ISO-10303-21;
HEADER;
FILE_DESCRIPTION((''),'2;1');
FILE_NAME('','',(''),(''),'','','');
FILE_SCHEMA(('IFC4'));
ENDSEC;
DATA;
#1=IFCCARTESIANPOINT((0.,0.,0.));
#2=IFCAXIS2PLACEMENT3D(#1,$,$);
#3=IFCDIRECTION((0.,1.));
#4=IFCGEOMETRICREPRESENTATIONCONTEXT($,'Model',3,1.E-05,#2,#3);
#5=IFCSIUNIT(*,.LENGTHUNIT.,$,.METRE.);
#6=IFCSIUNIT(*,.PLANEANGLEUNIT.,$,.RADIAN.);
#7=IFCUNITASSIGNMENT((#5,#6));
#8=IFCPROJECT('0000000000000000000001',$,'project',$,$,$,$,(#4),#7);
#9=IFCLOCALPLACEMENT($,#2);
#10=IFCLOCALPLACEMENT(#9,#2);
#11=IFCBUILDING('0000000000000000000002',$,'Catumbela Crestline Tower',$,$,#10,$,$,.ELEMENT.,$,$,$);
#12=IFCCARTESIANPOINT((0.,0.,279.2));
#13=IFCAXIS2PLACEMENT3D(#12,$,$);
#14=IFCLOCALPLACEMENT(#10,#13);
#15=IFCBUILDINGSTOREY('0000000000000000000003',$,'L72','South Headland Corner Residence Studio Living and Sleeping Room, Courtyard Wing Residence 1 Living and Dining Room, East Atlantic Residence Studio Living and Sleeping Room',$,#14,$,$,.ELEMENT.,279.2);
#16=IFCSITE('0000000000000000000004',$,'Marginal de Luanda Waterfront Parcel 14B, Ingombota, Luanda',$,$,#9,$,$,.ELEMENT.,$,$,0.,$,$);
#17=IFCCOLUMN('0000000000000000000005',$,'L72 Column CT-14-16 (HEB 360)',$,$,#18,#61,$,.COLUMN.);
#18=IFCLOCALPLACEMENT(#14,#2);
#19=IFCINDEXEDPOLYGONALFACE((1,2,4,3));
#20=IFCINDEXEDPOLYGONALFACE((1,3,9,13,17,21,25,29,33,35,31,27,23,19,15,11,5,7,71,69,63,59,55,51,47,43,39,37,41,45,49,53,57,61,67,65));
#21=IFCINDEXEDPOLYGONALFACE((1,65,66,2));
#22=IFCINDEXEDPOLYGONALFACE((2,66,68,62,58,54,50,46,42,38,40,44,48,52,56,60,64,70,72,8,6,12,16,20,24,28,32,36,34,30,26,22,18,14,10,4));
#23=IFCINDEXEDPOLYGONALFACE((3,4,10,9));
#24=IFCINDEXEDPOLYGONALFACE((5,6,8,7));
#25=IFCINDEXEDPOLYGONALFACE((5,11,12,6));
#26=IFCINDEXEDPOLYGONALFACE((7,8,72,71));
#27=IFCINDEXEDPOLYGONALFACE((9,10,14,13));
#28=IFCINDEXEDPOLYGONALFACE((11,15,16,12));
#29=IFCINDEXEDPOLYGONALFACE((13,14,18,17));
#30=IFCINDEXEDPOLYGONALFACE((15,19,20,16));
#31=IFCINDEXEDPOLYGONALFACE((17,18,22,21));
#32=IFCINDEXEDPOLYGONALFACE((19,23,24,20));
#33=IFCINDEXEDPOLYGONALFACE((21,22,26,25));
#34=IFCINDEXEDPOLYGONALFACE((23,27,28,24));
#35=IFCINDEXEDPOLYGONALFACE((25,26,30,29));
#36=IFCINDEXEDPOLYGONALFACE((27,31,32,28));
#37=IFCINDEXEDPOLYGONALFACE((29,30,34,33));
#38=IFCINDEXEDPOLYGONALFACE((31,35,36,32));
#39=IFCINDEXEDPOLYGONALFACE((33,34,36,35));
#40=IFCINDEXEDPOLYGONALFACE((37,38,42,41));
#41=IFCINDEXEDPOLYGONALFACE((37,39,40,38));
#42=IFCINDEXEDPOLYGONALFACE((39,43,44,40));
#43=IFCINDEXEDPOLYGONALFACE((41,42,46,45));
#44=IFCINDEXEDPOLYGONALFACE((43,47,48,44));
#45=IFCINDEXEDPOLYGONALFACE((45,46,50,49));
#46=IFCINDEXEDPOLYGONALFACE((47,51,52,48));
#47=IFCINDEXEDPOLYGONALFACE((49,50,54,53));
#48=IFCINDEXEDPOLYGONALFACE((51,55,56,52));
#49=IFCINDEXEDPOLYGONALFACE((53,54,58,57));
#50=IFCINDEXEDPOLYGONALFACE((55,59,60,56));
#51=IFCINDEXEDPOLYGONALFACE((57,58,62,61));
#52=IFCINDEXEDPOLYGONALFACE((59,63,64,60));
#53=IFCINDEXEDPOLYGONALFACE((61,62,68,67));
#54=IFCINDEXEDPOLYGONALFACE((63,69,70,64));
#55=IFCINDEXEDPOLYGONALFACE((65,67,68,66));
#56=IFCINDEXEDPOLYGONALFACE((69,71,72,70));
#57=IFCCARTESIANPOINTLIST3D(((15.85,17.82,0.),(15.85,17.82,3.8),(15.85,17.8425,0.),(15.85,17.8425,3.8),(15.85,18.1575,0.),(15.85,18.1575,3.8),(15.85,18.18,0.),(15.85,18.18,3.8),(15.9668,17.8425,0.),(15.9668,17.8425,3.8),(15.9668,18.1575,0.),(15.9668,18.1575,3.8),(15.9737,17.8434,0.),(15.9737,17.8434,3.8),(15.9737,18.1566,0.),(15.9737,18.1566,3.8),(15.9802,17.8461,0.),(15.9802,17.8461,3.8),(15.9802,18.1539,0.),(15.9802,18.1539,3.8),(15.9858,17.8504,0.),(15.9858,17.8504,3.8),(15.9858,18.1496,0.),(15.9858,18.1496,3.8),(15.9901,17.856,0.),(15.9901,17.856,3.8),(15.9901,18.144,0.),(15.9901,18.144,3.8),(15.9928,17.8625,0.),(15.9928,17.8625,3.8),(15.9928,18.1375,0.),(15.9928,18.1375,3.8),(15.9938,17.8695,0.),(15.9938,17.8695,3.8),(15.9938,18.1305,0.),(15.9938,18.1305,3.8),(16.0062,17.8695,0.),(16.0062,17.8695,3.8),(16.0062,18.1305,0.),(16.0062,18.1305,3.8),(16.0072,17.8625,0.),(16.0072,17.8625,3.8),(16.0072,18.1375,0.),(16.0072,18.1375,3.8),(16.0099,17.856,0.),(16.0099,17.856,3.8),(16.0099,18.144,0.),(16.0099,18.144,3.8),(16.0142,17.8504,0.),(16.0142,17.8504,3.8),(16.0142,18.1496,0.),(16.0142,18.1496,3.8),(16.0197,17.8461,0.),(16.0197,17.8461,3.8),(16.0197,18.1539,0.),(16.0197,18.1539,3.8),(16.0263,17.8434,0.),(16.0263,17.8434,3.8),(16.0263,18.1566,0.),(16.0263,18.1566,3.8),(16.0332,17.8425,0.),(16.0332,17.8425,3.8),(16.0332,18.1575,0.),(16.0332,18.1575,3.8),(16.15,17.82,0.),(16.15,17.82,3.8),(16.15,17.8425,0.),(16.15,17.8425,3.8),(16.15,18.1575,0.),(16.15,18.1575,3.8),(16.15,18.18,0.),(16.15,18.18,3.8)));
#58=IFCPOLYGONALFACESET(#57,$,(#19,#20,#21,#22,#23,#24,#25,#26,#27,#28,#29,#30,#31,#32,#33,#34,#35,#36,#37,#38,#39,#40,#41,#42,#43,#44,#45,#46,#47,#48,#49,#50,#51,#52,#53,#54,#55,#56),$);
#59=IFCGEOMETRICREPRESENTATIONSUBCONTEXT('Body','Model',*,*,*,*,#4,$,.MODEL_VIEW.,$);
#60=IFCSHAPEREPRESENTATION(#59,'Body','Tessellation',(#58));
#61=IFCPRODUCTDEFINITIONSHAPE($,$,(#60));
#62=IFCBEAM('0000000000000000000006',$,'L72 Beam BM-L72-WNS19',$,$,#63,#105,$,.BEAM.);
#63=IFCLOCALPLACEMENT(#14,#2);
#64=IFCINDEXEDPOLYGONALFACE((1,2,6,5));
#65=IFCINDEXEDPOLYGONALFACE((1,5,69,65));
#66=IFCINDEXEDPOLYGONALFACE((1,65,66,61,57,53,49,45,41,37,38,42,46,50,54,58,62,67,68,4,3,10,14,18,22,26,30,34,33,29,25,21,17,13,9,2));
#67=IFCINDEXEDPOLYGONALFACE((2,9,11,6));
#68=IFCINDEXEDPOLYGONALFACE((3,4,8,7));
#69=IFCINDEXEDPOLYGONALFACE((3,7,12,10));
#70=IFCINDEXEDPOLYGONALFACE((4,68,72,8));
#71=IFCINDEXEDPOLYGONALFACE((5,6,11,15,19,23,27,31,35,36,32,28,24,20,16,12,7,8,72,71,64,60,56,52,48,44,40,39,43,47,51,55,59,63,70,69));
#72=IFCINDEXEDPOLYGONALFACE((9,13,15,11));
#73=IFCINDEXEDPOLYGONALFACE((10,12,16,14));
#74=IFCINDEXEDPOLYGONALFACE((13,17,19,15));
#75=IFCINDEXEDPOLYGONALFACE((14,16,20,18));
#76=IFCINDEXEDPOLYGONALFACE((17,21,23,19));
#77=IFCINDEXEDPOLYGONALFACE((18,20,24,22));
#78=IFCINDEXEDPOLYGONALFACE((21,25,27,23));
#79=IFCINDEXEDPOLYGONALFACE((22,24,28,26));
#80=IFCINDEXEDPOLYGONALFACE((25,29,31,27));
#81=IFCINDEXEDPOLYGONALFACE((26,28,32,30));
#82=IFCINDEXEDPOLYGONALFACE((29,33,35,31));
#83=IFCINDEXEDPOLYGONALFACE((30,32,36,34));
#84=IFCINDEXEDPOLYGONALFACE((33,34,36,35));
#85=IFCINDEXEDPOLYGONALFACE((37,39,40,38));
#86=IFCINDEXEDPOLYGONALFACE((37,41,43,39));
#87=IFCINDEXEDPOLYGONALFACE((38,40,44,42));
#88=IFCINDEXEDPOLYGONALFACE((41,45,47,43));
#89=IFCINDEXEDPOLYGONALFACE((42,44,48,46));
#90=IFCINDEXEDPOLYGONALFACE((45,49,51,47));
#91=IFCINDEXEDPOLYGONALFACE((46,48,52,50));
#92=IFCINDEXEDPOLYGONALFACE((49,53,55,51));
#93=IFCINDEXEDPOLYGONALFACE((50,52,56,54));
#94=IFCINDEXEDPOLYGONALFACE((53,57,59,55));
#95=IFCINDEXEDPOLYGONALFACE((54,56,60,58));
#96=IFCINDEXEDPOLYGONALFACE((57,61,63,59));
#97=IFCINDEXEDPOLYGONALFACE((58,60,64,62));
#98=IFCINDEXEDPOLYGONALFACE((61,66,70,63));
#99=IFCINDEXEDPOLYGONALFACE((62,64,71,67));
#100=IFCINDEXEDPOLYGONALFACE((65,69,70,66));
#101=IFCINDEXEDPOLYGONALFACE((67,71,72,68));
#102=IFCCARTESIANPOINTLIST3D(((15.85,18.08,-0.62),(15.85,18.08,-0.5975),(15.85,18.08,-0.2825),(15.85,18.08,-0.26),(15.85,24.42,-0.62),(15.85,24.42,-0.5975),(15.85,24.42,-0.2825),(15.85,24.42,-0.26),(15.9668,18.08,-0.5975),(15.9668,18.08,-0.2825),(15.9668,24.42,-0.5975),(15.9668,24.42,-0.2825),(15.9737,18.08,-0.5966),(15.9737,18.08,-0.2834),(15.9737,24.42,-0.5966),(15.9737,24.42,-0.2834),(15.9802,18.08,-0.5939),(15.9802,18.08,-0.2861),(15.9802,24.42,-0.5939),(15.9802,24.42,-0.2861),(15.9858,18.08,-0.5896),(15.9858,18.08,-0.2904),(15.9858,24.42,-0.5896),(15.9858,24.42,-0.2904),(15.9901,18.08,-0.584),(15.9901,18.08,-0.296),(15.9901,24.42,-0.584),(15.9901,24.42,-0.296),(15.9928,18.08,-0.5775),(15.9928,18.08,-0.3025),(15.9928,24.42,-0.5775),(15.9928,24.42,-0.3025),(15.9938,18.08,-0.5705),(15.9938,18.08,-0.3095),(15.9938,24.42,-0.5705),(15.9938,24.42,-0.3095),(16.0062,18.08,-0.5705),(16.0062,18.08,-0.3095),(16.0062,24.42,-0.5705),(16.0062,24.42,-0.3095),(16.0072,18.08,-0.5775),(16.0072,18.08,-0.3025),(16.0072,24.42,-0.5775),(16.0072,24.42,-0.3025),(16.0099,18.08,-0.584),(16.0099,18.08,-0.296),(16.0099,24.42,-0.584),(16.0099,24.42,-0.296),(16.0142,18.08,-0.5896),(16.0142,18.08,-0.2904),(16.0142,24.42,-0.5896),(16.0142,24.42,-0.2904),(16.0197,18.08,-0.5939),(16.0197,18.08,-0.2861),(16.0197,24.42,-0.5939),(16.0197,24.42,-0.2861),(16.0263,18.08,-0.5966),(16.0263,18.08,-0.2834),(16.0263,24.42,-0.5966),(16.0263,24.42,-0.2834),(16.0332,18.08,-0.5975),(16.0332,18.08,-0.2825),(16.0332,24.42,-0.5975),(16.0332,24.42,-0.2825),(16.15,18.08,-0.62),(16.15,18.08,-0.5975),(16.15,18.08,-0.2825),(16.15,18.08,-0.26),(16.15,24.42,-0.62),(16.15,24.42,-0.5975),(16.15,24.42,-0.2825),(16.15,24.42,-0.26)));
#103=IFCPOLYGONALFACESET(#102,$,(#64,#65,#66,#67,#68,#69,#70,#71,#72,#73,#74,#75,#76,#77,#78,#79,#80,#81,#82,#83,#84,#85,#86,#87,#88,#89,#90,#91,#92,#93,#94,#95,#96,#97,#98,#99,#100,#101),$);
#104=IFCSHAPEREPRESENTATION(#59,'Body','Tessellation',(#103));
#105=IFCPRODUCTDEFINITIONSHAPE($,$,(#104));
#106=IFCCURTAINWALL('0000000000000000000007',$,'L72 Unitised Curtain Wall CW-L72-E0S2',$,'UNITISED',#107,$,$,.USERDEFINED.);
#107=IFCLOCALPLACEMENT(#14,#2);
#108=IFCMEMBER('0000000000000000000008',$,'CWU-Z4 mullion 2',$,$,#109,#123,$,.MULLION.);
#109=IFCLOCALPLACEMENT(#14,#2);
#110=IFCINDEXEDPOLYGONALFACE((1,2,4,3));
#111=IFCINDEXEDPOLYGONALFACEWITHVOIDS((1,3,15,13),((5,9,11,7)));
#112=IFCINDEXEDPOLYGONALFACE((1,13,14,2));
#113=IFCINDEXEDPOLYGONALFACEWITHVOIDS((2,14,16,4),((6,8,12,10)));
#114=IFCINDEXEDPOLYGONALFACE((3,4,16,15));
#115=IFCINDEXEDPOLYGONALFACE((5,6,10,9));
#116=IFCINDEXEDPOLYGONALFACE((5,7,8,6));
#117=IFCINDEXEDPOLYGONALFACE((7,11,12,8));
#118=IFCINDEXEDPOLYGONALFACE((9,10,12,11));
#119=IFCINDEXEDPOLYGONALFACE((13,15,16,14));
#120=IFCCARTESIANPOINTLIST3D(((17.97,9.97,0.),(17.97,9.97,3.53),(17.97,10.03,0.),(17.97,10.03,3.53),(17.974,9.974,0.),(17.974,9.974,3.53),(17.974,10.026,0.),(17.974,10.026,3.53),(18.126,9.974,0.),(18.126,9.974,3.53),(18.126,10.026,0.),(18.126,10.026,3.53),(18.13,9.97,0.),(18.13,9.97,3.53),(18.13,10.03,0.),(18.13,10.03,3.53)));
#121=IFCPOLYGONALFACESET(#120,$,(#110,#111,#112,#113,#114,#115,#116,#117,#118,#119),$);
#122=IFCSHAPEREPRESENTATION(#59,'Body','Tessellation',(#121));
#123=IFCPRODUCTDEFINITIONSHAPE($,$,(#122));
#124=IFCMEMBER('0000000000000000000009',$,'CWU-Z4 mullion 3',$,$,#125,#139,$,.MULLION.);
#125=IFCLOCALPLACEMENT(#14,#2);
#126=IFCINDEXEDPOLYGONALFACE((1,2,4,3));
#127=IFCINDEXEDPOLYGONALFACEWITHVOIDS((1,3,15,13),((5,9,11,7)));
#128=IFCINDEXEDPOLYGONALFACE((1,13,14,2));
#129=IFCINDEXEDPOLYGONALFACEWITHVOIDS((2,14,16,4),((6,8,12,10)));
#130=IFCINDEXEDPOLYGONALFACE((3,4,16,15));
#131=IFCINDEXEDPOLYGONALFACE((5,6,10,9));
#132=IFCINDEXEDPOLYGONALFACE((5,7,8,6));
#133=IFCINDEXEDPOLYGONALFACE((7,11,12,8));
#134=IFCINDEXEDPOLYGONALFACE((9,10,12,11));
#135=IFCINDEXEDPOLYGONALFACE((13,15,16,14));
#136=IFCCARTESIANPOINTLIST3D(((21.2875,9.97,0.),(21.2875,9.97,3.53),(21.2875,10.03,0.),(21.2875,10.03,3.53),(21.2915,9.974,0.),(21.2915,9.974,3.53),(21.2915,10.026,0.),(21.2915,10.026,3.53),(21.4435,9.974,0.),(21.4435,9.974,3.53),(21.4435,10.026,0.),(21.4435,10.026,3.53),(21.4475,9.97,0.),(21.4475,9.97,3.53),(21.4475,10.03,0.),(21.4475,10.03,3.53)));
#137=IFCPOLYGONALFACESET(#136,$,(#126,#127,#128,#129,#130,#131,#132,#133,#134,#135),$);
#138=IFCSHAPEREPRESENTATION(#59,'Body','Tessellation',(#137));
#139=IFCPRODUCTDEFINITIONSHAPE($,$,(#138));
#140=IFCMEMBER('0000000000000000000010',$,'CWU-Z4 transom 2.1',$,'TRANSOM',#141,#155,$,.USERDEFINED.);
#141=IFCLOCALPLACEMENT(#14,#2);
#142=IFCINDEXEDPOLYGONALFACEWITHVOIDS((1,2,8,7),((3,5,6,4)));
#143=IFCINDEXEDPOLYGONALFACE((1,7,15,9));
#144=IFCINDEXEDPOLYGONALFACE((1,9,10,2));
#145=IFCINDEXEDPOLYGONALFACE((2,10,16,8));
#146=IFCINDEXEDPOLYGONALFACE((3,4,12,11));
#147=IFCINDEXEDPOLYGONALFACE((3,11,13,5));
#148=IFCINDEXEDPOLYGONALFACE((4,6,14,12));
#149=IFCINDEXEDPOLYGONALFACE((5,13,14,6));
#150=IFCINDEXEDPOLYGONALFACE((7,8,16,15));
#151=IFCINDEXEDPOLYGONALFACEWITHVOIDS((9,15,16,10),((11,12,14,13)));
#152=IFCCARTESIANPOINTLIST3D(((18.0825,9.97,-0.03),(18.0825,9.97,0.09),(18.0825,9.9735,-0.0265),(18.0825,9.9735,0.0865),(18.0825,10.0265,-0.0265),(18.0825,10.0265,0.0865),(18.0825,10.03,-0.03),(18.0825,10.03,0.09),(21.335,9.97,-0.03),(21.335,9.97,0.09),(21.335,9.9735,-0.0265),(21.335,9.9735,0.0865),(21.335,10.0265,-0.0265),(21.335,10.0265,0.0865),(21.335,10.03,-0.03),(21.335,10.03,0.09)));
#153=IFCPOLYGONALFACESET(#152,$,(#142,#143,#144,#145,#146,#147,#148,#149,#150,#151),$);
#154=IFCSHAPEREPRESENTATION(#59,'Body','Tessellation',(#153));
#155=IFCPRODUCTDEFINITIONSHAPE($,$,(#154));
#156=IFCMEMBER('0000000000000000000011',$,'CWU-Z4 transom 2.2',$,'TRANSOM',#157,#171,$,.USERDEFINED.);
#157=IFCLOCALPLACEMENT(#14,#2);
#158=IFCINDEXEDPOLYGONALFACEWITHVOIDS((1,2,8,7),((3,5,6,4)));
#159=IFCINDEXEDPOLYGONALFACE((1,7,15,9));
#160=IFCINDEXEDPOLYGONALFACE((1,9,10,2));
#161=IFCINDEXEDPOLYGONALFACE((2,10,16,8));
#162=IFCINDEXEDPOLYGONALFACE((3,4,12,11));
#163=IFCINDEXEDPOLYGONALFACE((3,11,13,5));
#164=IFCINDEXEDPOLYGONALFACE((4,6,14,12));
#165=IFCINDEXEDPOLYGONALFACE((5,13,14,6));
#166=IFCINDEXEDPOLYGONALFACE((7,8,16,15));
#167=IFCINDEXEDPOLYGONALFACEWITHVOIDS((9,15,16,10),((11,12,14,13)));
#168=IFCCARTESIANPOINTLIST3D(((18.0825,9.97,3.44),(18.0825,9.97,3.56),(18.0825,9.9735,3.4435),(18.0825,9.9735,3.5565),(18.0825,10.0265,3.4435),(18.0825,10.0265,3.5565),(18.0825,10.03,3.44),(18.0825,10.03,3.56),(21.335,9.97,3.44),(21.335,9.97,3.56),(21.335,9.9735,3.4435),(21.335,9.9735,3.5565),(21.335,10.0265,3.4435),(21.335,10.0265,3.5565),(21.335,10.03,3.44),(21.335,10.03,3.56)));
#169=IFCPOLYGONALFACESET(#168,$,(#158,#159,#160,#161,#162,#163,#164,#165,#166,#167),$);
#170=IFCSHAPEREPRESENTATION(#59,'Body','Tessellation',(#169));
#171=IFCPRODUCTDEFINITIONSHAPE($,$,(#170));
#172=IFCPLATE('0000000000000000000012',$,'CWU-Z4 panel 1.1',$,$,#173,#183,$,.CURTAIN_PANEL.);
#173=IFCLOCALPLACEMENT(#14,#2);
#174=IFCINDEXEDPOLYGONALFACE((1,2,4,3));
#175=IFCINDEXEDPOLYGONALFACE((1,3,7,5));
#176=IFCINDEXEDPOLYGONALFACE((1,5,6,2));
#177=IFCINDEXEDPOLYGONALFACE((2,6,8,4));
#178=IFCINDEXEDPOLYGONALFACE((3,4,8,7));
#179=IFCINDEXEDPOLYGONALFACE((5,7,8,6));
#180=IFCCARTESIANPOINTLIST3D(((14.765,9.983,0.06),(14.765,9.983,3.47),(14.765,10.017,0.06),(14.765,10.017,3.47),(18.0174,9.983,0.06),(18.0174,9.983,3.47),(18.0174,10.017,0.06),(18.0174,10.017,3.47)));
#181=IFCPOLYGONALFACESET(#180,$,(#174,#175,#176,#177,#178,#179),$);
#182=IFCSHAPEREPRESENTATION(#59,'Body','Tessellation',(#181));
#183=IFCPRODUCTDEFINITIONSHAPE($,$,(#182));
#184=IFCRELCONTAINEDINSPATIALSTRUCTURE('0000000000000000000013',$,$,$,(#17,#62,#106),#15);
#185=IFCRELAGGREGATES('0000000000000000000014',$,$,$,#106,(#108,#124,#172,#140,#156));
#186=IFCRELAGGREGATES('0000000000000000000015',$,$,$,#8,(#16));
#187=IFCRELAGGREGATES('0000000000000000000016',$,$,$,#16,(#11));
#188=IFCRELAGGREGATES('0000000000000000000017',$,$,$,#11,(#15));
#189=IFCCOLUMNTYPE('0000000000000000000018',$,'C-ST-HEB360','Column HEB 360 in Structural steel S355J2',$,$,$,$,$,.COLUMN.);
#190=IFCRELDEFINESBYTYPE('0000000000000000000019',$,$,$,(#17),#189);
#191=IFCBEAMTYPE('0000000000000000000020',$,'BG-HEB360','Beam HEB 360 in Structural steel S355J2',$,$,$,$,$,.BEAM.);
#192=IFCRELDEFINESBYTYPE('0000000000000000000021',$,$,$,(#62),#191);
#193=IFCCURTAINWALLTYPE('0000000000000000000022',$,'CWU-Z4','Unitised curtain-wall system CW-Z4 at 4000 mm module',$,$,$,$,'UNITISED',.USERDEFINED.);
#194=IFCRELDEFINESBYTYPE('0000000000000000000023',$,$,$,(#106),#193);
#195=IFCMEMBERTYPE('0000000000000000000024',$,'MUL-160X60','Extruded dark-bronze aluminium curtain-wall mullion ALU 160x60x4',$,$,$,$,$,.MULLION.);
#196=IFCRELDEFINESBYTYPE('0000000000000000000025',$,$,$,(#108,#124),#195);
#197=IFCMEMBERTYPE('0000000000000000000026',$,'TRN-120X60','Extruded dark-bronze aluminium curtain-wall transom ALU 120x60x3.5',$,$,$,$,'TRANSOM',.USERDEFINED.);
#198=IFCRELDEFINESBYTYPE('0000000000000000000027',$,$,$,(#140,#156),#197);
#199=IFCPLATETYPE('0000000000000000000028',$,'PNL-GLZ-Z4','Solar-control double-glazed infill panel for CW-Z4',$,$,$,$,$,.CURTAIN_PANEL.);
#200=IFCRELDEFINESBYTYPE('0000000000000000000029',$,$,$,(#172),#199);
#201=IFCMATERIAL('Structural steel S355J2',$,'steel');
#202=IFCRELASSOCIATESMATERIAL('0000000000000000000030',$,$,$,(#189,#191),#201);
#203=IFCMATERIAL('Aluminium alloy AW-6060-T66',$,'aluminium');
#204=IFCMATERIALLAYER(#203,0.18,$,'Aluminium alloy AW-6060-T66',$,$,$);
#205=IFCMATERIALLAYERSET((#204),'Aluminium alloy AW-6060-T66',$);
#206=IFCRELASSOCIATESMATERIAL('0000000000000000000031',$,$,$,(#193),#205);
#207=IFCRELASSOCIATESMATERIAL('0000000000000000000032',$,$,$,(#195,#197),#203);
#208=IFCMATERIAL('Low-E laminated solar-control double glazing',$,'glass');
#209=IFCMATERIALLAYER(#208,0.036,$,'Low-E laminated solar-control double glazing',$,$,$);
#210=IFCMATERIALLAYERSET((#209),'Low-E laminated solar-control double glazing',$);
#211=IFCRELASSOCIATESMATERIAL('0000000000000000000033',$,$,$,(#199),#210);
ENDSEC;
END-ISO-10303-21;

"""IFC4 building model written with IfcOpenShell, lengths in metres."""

from ifc_helpers import new_model, si_unit, direction, frame, origin, origin_2d, place, context, subcontext, project, spatial, rectangle, hollow_rectangle, i_section, extrude, material, layer, layer_set, material_profile, profile_set, type_object, element, aggregate, save


model = new_model("IFC4")

# Units and contexts
model_context = context("Model", 3, precision=1e-05, world=origin(), true_north=direction((0.0, 1.0)))
body_context = subcontext(model_context, "Body", "Model", "MODEL_VIEW")
ifc_project = project(units=[si_unit("LENGTHUNIT", "METRE"), si_unit("PLANEANGLEUNIT", "RADIAN")], contexts=[model_context])

# Site, building, storey
site_placement = place(None, origin())
site = spatial("IfcSite", under=ifc_project, at=site_placement, Name="Marginal de Luanda Waterfront Parcel 14B, Ingombota, Luanda", CompositionType="ELEMENT", RefElevation=0.0)
building_placement = place(site_placement, origin())
building = spatial("IfcBuilding", under=site, at=building_placement, Name="Catumbela Crestline Tower", CompositionType="ELEMENT")
storey_placement = place(building_placement, frame((0.0, 0.0, 279.2)))
storey = spatial("IfcBuildingStorey", under=building, at=storey_placement, Name="L72", Description="South Headland Corner Residence Studio Living and Sleeping Room, Courtyard Wing Residence 1 Living and Dining Room, East Atlantic Residence Studio Living and Sleeping Room", CompositionType="ELEMENT", Elevation=279.2)

# Column
ifc_material_1 = material(Name="Structural steel S355J2", Category="steel")
ifc_material_profile_1 = material_profile(ifc_material_1, i_section(OverallWidth=0.3, OverallDepth=0.36, WebThickness=0.0125, FlangeThickness=0.0225, FilletRadius=0.027, at=origin_2d()), Name="HEB 360")
ifc_profile_set_1 = profile_set([ifc_material_profile_1], Name="Structural steel S355J2")
column_type = type_object("IfcColumnType", Name="C-ST-HEB360", Description="Column HEB 360 in Structural steel S355J2", PredefinedType="COLUMN", material=ifc_profile_set_1)
column_placement = place(storey_placement, frame((16.0, 18.0, 0.0), z_axis=(0.0, 0.0, 1.0), x_axis=(1.0, 0.0, 0.0)))
element("IfcColumn", 1, at=column_placement, inside=storey, type_object=column_type, Name="L72 Column CT-14-16 (HEB 360)", PredefinedType="COLUMN", context=body_context, shape_type="SweptSolid", body=[
    extrude(i_section(OverallWidth=0.3, OverallDepth=0.36, WebThickness=0.0125, FlangeThickness=0.0225, FilletRadius=0.027, at=origin_2d()), origin(), (0.0, 0.0, 1.0), 3.8),
])

# Beam
ifc_material_profile_2 = material_profile(ifc_material_1, i_section(OverallWidth=0.3, OverallDepth=0.36, WebThickness=0.0125, FlangeThickness=0.0225, FilletRadius=0.027, at=origin_2d()), Name="HEB 360")
ifc_profile_set_2 = profile_set([ifc_material_profile_2], Name="Structural steel S355J2")
beam_type = type_object("IfcBeamType", Name="BG-HEB360", Description="Beam HEB 360 in Structural steel S355J2", PredefinedType="BEAM", material=ifc_profile_set_2)
beam_placement = place(storey_placement, frame((16.0, 18.08, -0.44), z_axis=(0.0, 1.0, 0.0), x_axis=(-1.0, 0.0, 0.0)))
element("IfcBeam", 2, at=beam_placement, inside=storey, type_object=beam_type, Name="L72 Beam BM-L72-WNS19", PredefinedType="BEAM", context=body_context, shape_type="SweptSolid", body=[
    extrude(i_section(OverallWidth=0.3, OverallDepth=0.36, WebThickness=0.0125, FlangeThickness=0.0225, FilletRadius=0.027, at=origin_2d()), origin(), (0.0, 0.0, 1.0), 6.34),
])

# Curtain wall, members, plate
ifc_material_2 = material(Name="Aluminium alloy AW-6060-T66", Category="aluminium")
ifc_layer_1 = layer(ifc_material_2, 0.18, Name="Aluminium alloy AW-6060-T66")
ifc_layer_set_1 = layer_set([ifc_layer_1], Name="Aluminium alloy AW-6060-T66")
curtain_wall_type = type_object("IfcCurtainWallType", Name="CWU-Z4", Description="Unitised curtain-wall system CW-Z4 at 4000 mm module", ElementType="UNITISED", PredefinedType="USERDEFINED", material=ifc_layer_set_1)
curtain_wall_placement = place(storey_placement, origin())
curtain_wall = element("IfcCurtainWall", 3, at=curtain_wall_placement, inside=storey, type_object=curtain_wall_type, Name="L72 Unitised Curtain Wall CW-L72-E0S2", ObjectType="UNITISED", PredefinedType="USERDEFINED")
ifc_material_profile_3 = material_profile(ifc_material_2, hollow_rectangle(XDim=0.06, YDim=0.16, WallThickness=0.004, at=origin_2d()), Name="ALU 160x60x4")
ifc_profile_set_3 = profile_set([ifc_material_profile_3], Name="Aluminium alloy AW-6060-T66")
member_type_1 = type_object("IfcMemberType", Name="MUL-160X60", Description="Extruded dark-bronze aluminium curtain-wall mullion ALU 160x60x4", PredefinedType="MULLION", material=ifc_profile_set_3)
member_1_placement = place(storey_placement, frame((18.05, 10.0, 0.0), z_axis=(0.0, 0.0, 1.0), x_axis=(0.0, 1.0, 0.0)))
member_1 = element("IfcMember", 4, at=member_1_placement, type_object=member_type_1, Name="CWU-Z4 mullion 2", PredefinedType="MULLION", context=body_context, shape_type="SweptSolid", body=[
    extrude(hollow_rectangle(XDim=0.06, YDim=0.16, WallThickness=0.004, at=origin_2d()), origin(), (0.0, 0.0, 1.0), 3.53),
])
member_2_placement = place(storey_placement, frame((21.3675, 10.0, 0.0), z_axis=(0.0, 0.0, 1.0), x_axis=(0.0, 1.0, 0.0)))
member_2 = element("IfcMember", 5, at=member_2_placement, type_object=member_type_1, Name="CWU-Z4 mullion 3", PredefinedType="MULLION", context=body_context, shape_type="SweptSolid", body=[
    extrude(hollow_rectangle(XDim=0.06, YDim=0.16, WallThickness=0.004, at=origin_2d()), origin(), (0.0, 0.0, 1.0), 3.53),
])
ifc_material_profile_4 = material_profile(ifc_material_2, hollow_rectangle(XDim=0.06, YDim=0.12, WallThickness=0.0035, at=origin_2d()), Name="ALU 120x60x3.5")
ifc_profile_set_4 = profile_set([ifc_material_profile_4], Name="Aluminium alloy AW-6060-T66")
member_type_2 = type_object("IfcMemberType", Name="TRN-120X60", Description="Extruded dark-bronze aluminium curtain-wall transom ALU 120x60x3.5", ElementType="TRANSOM", PredefinedType="USERDEFINED", material=ifc_profile_set_4)
member_3_placement = place(storey_placement, frame((18.0825, 10.0, 0.03), z_axis=(1.0, 0.0, 0.0), x_axis=(0.0, 1.0, 0.0)))
member_3 = element("IfcMember", 6, at=member_3_placement, type_object=member_type_2, Name="CWU-Z4 transom 2.1", ObjectType="TRANSOM", PredefinedType="USERDEFINED", context=body_context, shape_type="SweptSolid", body=[
    extrude(hollow_rectangle(XDim=0.06, YDim=0.12, WallThickness=0.0035, at=origin_2d()), origin(), (0.0, 0.0, 1.0), 3.2525),
])
member_4_placement = place(storey_placement, frame((18.0825, 10.0, 3.5), z_axis=(1.0, 0.0, 0.0), x_axis=(0.0, 1.0, 0.0)))
member_4 = element("IfcMember", 7, at=member_4_placement, type_object=member_type_2, Name="CWU-Z4 transom 2.2", ObjectType="TRANSOM", PredefinedType="USERDEFINED", context=body_context, shape_type="SweptSolid", body=[
    extrude(hollow_rectangle(XDim=0.06, YDim=0.12, WallThickness=0.0035, at=origin_2d()), origin(), (0.0, 0.0, 1.0), 3.2525),
])
ifc_material_3 = material(Name="Low-E laminated solar-control double glazing", Category="glass")
ifc_layer_2 = layer(ifc_material_3, 0.036, Name="Low-E laminated solar-control double glazing")
ifc_layer_set_2 = layer_set([ifc_layer_2], Name="Low-E laminated solar-control double glazing")
plate_type = type_object("IfcPlateType", Name="PNL-GLZ-Z4", Description="Solar-control double-glazed infill panel for CW-Z4", PredefinedType="CURTAIN_PANEL", material=ifc_layer_set_2)
plate_1_placement = place(storey_placement, frame((16.3912, 10.0, 0.06), z_axis=(0.0, 0.0, 1.0), x_axis=(1.0, 0.0, 0.0)))
plate_1 = element("IfcPlate", 8, at=plate_1_placement, type_object=plate_type, Name="CWU-Z4 panel 1.1", PredefinedType="CURTAIN_PANEL", context=body_context, shape_type="SweptSolid", body=[
    extrude(rectangle(XDim=3.2525, YDim=0.034, at=origin_2d()), origin(), (0.0, 0.0, 1.0), 3.41),
])
aggregate(curtain_wall, [member_1, member_2, plate_1, member_3, member_4])

save(model, "model.ifc")
